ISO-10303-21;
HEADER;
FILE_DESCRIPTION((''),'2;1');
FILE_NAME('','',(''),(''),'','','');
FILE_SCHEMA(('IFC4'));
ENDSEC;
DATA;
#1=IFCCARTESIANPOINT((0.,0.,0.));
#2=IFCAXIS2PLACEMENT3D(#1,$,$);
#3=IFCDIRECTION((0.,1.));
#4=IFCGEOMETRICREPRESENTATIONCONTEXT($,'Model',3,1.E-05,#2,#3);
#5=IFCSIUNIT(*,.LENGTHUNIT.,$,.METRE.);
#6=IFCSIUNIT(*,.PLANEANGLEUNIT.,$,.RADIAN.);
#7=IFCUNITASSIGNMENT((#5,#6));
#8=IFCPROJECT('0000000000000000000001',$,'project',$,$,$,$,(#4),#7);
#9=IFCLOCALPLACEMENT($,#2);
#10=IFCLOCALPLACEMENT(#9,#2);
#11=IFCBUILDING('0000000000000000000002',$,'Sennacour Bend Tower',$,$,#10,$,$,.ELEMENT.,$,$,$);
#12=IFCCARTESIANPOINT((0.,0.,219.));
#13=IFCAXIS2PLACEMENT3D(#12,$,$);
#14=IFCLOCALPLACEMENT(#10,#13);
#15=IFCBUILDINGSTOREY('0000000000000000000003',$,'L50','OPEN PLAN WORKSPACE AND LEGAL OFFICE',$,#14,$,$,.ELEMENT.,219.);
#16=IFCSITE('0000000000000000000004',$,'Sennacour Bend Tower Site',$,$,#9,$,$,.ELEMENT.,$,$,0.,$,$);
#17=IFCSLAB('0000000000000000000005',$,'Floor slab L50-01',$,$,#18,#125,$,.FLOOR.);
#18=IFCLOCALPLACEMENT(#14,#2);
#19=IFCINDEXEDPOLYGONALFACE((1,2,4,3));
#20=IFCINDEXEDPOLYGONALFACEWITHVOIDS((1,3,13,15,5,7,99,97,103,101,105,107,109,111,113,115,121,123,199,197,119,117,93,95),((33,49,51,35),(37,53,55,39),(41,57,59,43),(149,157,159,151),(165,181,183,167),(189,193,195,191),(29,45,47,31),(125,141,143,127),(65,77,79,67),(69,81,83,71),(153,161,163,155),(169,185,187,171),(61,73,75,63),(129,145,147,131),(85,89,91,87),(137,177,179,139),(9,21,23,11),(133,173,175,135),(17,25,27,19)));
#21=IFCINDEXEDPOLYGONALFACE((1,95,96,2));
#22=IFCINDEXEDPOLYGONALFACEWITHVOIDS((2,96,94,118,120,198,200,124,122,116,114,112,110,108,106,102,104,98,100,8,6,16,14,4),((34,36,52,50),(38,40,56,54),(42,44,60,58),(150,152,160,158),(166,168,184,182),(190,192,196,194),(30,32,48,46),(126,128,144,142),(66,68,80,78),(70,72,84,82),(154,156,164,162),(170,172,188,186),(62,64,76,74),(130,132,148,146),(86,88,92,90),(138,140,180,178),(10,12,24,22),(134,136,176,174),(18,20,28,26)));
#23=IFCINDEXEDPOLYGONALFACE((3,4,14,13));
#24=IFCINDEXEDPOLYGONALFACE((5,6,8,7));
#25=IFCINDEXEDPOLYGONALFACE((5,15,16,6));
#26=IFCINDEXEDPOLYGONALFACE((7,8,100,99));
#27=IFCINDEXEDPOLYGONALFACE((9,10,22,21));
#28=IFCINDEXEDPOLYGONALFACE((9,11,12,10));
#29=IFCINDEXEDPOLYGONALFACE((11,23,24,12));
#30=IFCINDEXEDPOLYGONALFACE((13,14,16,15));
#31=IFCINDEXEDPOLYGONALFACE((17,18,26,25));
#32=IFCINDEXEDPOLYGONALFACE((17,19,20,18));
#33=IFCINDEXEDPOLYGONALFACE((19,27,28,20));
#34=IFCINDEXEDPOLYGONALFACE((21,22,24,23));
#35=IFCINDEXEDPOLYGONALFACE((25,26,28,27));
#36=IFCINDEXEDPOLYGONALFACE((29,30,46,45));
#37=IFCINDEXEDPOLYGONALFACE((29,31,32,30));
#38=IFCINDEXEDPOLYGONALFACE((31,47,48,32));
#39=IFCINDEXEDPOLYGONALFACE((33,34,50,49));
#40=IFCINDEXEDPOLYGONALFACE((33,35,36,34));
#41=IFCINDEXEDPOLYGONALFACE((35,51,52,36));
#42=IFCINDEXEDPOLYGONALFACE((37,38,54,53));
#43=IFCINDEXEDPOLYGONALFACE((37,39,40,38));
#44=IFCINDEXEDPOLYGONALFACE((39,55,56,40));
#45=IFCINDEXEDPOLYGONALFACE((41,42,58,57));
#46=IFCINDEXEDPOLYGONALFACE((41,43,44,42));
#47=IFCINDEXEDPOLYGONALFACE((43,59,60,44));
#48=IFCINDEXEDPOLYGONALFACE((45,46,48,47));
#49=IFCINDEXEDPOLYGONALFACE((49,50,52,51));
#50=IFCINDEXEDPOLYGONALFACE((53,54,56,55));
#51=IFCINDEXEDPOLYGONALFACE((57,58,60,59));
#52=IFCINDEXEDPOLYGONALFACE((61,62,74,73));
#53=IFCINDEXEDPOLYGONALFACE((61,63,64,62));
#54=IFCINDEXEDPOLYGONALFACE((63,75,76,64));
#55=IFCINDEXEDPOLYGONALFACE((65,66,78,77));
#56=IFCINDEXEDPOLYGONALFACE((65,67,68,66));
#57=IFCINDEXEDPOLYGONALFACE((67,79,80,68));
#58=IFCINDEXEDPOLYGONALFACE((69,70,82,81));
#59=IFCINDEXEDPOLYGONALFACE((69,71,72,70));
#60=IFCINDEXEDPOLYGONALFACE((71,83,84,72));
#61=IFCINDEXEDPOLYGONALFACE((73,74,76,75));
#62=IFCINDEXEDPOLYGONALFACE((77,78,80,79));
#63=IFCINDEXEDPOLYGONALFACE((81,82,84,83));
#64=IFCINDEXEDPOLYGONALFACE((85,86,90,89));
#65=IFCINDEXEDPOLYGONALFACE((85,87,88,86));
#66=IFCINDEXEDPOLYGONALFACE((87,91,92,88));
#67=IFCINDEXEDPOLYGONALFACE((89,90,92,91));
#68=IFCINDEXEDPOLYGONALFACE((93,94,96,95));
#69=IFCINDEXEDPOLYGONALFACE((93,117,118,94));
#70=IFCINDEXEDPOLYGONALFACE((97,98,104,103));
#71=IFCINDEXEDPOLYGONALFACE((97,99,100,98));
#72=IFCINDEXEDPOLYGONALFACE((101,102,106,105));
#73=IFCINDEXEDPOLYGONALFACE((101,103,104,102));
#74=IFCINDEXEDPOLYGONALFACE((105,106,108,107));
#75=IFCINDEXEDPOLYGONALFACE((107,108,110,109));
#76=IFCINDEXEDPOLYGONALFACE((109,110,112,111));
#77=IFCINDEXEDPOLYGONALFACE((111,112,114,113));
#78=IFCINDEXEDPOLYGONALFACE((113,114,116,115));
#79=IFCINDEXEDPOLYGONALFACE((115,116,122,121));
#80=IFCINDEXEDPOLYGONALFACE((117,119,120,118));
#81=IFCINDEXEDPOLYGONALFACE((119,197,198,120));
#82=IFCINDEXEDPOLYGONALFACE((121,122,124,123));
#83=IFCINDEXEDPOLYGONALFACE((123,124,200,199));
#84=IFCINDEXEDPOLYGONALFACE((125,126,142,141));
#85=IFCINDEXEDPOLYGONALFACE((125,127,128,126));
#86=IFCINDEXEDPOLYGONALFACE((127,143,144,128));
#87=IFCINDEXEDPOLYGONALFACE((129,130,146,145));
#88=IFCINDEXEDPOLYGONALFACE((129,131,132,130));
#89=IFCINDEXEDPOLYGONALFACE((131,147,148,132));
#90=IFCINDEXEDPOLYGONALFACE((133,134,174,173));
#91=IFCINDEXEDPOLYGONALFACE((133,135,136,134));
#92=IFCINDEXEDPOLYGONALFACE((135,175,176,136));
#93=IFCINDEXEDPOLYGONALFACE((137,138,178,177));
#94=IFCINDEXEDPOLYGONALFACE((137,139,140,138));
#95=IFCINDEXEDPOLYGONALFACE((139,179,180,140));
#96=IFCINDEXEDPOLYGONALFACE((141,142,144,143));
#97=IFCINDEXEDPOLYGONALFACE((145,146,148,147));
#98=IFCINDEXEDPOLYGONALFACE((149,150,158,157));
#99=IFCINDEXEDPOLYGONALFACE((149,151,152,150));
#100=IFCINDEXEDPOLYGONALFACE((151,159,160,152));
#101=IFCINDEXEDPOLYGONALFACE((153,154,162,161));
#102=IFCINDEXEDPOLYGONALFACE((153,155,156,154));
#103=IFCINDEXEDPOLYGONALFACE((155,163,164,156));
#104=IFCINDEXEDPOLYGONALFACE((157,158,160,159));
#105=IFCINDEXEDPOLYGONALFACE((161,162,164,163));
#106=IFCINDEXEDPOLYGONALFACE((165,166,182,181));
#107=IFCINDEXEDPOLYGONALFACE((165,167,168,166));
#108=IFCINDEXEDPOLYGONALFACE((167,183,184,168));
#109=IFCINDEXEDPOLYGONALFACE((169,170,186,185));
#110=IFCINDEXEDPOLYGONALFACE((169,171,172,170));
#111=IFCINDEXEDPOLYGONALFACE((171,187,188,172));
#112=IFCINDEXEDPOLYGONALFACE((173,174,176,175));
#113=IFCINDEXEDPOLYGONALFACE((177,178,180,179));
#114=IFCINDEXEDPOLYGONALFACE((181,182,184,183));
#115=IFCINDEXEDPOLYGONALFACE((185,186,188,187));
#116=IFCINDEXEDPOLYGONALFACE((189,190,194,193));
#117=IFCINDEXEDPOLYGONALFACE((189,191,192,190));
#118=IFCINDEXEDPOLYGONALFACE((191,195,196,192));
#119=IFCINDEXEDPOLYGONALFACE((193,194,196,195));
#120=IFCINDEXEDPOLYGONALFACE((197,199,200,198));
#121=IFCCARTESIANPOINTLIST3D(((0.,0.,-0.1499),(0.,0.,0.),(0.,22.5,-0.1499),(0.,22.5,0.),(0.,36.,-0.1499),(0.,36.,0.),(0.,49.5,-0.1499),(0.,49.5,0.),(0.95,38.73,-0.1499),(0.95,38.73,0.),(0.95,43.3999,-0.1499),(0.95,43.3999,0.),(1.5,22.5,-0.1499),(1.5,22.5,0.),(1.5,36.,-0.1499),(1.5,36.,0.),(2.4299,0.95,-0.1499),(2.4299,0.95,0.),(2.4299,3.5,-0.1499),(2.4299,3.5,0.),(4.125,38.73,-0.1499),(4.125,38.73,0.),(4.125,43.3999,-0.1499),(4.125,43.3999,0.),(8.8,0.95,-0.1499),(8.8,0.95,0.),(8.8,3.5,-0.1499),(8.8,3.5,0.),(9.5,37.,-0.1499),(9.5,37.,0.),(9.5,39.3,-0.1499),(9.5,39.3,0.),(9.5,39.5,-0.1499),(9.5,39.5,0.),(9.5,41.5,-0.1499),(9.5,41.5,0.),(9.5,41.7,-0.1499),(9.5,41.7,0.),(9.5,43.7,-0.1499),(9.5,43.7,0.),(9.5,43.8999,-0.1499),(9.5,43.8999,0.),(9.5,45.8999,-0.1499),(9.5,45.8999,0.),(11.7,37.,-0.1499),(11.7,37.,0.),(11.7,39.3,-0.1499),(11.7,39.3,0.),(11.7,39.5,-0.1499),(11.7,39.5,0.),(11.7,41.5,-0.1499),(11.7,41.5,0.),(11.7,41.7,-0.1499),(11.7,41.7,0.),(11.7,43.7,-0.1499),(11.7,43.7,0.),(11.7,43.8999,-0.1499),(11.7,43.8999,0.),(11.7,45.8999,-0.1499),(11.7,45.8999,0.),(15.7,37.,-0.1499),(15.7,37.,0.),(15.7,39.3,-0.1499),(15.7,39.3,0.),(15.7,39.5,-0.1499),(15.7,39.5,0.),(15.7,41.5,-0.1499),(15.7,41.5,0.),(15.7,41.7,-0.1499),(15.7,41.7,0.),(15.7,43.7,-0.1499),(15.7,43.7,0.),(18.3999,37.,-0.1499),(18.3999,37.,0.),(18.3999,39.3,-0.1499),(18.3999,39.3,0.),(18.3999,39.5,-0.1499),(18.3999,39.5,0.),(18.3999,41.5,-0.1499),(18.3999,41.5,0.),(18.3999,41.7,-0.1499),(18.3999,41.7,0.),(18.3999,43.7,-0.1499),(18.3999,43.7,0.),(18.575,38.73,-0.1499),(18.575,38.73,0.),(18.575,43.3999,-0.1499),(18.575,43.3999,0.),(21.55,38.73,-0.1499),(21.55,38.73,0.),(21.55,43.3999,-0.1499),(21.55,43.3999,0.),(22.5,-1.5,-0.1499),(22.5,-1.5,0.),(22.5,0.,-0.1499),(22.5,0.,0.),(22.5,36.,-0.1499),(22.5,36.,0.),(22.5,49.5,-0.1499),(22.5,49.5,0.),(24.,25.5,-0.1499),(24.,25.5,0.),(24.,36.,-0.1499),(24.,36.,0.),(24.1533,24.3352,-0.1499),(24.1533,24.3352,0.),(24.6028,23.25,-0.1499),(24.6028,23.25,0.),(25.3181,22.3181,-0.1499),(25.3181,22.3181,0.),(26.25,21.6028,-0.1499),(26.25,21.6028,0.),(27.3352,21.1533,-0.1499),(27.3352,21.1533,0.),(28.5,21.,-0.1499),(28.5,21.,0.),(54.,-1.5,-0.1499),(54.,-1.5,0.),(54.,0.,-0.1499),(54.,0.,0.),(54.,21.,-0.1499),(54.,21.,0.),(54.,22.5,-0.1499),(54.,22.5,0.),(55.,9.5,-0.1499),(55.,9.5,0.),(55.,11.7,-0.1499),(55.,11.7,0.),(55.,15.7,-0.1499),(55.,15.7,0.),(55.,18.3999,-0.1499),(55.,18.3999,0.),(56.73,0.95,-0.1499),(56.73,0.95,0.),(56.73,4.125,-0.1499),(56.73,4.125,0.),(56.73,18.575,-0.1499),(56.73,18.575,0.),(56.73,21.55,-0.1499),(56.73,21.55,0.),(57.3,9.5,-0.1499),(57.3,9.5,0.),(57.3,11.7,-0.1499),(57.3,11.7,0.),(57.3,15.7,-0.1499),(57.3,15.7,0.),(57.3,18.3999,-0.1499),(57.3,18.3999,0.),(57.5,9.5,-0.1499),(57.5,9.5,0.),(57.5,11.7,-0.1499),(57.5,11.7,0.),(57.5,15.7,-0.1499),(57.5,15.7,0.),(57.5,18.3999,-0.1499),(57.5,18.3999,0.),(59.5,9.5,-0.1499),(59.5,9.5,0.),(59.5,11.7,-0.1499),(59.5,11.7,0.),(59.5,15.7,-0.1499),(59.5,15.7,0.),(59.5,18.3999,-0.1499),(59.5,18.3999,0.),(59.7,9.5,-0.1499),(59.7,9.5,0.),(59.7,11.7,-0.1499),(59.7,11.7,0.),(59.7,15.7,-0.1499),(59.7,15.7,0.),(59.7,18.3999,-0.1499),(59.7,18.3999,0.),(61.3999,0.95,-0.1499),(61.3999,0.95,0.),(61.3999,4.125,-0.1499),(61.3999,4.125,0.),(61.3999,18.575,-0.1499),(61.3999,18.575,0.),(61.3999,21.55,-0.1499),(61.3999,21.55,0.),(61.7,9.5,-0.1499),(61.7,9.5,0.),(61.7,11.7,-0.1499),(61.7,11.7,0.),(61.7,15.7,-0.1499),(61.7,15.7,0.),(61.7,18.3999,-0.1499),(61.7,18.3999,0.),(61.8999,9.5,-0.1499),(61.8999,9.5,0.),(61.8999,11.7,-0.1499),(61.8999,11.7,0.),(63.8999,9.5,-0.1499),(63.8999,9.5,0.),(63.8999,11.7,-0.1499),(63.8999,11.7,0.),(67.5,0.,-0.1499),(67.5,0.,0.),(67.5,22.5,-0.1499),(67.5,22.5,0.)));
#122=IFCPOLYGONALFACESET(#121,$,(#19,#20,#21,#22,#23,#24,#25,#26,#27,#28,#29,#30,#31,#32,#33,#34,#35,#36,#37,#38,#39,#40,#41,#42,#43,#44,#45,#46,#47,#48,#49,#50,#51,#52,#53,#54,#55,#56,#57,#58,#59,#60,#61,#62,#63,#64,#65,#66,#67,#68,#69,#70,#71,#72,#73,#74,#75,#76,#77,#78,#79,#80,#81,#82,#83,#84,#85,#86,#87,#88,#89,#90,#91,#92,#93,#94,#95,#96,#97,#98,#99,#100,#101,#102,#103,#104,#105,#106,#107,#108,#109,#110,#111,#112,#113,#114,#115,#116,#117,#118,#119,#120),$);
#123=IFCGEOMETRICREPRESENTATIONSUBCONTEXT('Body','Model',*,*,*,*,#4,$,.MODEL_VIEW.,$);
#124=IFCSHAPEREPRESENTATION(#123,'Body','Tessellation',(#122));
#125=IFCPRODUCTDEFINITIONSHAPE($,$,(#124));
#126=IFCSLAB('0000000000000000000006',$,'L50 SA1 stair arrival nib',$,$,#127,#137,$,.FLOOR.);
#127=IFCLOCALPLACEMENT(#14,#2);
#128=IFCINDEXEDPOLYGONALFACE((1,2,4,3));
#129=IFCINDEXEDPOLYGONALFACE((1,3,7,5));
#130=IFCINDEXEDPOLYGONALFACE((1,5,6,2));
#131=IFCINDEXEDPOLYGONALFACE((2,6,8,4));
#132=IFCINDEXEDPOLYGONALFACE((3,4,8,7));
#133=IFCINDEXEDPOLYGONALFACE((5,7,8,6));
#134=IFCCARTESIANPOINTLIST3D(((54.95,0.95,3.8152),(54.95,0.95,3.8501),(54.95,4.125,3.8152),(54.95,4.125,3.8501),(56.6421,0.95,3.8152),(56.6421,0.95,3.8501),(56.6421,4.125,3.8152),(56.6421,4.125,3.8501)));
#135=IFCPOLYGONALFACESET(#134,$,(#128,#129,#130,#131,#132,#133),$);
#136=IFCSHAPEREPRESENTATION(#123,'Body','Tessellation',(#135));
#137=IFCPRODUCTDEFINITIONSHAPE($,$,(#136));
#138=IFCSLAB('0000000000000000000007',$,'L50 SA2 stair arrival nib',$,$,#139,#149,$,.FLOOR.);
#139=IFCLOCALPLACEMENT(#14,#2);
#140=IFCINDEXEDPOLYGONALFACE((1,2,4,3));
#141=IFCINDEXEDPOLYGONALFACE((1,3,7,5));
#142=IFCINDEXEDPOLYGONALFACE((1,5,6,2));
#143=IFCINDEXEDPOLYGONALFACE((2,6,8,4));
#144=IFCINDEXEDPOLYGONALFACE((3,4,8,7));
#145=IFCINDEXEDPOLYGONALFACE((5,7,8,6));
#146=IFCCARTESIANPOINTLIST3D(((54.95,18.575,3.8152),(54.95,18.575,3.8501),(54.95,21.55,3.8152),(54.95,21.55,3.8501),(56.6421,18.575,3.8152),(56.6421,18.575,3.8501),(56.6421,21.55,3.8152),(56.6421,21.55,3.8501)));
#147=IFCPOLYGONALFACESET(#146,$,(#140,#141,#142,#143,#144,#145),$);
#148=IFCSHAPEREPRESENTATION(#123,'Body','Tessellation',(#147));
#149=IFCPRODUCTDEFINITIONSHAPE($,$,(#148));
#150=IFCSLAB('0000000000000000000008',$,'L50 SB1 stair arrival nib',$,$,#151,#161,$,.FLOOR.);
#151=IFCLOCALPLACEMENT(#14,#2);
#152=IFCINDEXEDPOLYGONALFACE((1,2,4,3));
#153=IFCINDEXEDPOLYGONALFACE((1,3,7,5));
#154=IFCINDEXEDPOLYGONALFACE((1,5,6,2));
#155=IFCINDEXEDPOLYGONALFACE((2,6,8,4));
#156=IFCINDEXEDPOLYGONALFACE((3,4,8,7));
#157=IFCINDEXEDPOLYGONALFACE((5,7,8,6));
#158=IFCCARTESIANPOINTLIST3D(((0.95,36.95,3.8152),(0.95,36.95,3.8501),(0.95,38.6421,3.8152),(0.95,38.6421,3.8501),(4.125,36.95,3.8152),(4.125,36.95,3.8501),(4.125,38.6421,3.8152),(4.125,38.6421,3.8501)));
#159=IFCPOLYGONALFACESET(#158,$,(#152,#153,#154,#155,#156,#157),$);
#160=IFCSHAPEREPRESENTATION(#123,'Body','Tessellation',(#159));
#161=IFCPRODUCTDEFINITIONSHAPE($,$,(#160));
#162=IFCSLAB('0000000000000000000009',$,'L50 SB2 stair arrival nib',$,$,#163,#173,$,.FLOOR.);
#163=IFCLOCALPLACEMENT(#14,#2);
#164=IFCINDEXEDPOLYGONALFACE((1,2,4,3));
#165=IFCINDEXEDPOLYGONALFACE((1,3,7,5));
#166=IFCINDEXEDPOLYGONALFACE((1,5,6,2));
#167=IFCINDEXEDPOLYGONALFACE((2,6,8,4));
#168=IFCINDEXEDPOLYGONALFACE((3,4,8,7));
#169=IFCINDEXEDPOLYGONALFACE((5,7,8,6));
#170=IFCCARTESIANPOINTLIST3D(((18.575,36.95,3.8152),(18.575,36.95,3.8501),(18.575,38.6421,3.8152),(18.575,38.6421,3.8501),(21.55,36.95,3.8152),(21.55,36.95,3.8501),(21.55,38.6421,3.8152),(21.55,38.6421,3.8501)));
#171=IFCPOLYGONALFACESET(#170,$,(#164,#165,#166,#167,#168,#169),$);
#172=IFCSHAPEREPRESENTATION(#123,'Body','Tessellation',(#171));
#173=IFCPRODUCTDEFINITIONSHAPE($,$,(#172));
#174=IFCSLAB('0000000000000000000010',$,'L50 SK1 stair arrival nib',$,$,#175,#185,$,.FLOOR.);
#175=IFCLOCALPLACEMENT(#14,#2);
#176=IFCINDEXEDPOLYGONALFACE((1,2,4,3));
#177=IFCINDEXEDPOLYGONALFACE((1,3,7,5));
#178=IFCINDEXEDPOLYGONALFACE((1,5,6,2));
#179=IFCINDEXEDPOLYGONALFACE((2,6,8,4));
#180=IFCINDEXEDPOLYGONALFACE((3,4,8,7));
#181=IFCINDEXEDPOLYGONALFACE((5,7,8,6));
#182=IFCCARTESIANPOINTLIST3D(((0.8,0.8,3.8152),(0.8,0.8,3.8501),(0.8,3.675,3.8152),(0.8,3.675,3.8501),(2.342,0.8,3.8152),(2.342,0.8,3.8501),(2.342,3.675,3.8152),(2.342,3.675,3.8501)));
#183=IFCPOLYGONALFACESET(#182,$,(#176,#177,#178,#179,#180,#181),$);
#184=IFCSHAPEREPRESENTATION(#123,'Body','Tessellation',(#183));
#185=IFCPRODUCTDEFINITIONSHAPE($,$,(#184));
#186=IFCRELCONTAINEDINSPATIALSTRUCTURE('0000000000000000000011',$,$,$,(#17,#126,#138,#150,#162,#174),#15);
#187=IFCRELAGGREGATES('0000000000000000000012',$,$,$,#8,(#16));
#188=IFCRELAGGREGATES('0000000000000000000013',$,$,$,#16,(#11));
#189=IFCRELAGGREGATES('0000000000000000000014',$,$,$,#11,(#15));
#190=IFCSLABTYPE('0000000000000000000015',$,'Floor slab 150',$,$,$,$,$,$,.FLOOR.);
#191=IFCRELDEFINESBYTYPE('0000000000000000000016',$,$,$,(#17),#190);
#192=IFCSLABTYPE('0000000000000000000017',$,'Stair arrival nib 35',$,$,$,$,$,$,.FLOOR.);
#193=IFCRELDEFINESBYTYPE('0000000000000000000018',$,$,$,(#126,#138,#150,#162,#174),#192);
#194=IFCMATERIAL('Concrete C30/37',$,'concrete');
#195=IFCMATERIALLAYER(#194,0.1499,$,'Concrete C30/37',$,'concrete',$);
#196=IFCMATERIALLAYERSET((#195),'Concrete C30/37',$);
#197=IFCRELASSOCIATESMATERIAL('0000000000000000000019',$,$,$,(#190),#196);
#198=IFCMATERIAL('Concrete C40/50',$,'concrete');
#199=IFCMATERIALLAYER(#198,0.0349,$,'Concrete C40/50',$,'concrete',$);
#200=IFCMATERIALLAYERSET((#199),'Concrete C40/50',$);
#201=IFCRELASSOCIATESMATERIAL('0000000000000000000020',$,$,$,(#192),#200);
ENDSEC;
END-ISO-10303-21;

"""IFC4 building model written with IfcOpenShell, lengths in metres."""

from ifc_helpers import new_model, si_unit, direction, frame, origin, place, context, subcontext, project, spatial, polyline, outline, extrude, material, layer, layer_set, type_object, element, save


model = new_model("IFC4")

# Units and contexts
model_context = context("Model", 3, precision=1e-05, world=origin(), true_north=direction((0.0, 1.0)))
body_context = subcontext(model_context, "Body", "Model", "MODEL_VIEW")
ifc_project = project(units=[si_unit("LENGTHUNIT", "METRE"), si_unit("PLANEANGLEUNIT", "RADIAN")], contexts=[model_context])

# Site, building, storey
site_placement = place(None, origin())
site = spatial("IfcSite", under=ifc_project, at=site_placement, Name="Sennacour Bend Tower Site", CompositionType="ELEMENT", RefElevation=0.0)
building_placement = place(site_placement, origin())
building = spatial("IfcBuilding", under=site, at=building_placement, Name="Sennacour Bend Tower", CompositionType="ELEMENT")
storey_placement = place(building_placement, frame((0.0, 0.0, 219.0)))
storey = spatial("IfcBuildingStorey", under=building, at=storey_placement, Name="L50", Description="OPEN PLAN WORKSPACE AND LEGAL OFFICE", CompositionType="ELEMENT", Elevation=219.0)

# Slabs
ifc_material_1 = material(Name="Concrete C30/37", Category="concrete")
ifc_layer_1 = layer(ifc_material_1, 0.1499, Name="Concrete C30/37", Category="concrete")
ifc_layer_set_1 = layer_set([ifc_layer_1], Name="Concrete C30/37")
slab_type_1 = type_object("IfcSlabType", Name="Floor slab 150", PredefinedType="FLOOR", material=ifc_layer_set_1)
slab_1_placement = place(storey_placement, frame((0.0, 0.0, -0.1499)))
element("IfcSlab", 1, at=slab_1_placement, inside=storey, type_object=slab_type_1, Name="Floor slab L50-01", PredefinedType="FLOOR", context=body_context, shape_type="SweptSolid", body=[
    extrude(outline(polyline([(22.5, 0.0), (0.0, 0.0), (0.0, 22.5), (1.5, 22.5), (1.5, 36.0), (0.0, 36.0), (0.0, 49.5), (22.5, 49.5), (22.5, 36.0), (24.0, 36.0), (24.0, 25.5), (24.1533, 24.3352), (24.6028, 23.25), (25.3181, 22.3181), (26.25, 21.6028), (27.3352, 21.1533), (28.5, 21.0), (54.0, 21.0), (54.0, 22.5), (67.5, 22.5), (67.5, 0.0), (54.0, 0.0), (54.0, -1.5), (22.5, -1.5), (22.5, 0.0)]), holes=[polyline([(8.8, 0.95), (8.8, 3.5), (2.4299, 3.5), (2.4299, 0.95), (8.8, 0.95)]), polyline([(11.7, 37.0), (11.7, 39.3), (9.5, 39.3), (9.5, 37.0), (11.7, 37.0)]), polyline([(18.3999, 37.0), (18.3999, 39.3), (15.7, 39.3), (15.7, 37.0), (18.3999, 37.0)]), polyline([(11.7, 39.5), (11.7, 41.5), (9.5, 41.5), (9.5, 39.5), (11.7, 39.5)]), polyline([(18.3999, 39.5), (18.3999, 41.5), (15.7, 41.5), (15.7, 39.5), (18.3999, 39.5)]), polyline([(4.125, 38.73), (4.125, 43.3999), (0.95, 43.3999), (0.95, 38.73), (4.125, 38.73)]), polyline([(21.55, 38.73), (21.55, 43.3999), (18.575, 43.3999), (18.575, 38.73), (21.55, 38.73)]), polyline([(9.5, 41.7), (11.7, 41.7), (11.7, 43.7), (9.5, 43.7), (9.5, 41.7)]), polyline([(15.7, 41.7), (18.3999, 41.7), (18.3999, 43.7), (15.7, 43.7), (15.7, 41.7)]), polyline([(11.7, 43.8999), (11.7, 45.8999), (9.5, 45.8999), (9.5, 43.8999), (11.7, 43.8999)]), polyline([(61.3999, 0.95), (61.3999, 4.125), (56.73, 4.125), (56.73, 0.95), (61.3999, 0.95)]), polyline([(57.3, 9.5), (57.3, 11.7), (55.0, 11.7), (55.0, 9.5), (57.3, 9.5)]), polyline([(57.5, 9.5), (59.5, 9.5), (59.5, 11.7), (57.5, 11.7), (57.5, 9.5)]), polyline([(59.7, 9.5), (61.7, 9.5), (61.7, 11.7), (59.7, 11.7), (59.7, 9.5)]), polyline([(63.8999, 9.5), (63.8999, 11.7), (61.8999, 11.7), (61.8999, 9.5), (63.8999, 9.5)]), polyline([(57.3, 15.7), (57.3, 18.3999), (55.0, 18.3999), (55.0, 15.7), (57.3, 15.7)]), polyline([(59.5, 15.7), (59.5, 18.3999), (57.5, 18.3999), (57.5, 15.7), (59.5, 15.7)]), polyline([(59.7, 15.7), (61.7, 15.7), (61.7, 18.3999), (59.7, 18.3999), (59.7, 15.7)]), polyline([(56.73, 18.575), (61.3999, 18.575), (61.3999, 21.55), (56.73, 21.55), (56.73, 18.575)])]), origin(), (0.0, 0.0, 1.0), 0.1499),
])
ifc_material_2 = material(Name="Concrete C40/50", Category="concrete")
ifc_layer_2 = layer(ifc_material_2, 0.0349, Name="Concrete C40/50", Category="concrete")
ifc_layer_set_2 = layer_set([ifc_layer_2], Name="Concrete C40/50")
slab_type_2 = type_object("IfcSlabType", Name="Stair arrival nib 35", PredefinedType="FLOOR", material=ifc_layer_set_2)
slab_2_placement = place(storey_placement, frame((0.0, 0.0, 3.8152)))
element("IfcSlab", 2, at=slab_2_placement, inside=storey, type_object=slab_type_2, Name="L50 SA1 stair arrival nib", PredefinedType="FLOOR", context=body_context, shape_type="SweptSolid", body=[
    extrude(outline(polyline([(56.6421, 4.125), (54.95, 4.125), (54.95, 0.95), (56.6421, 0.95), (56.6421, 4.125)])), origin(), (0.0, 0.0, 1.0), 0.0349),
])
slab_3_placement = place(storey_placement, frame((0.0, 0.0, 3.8152)))
element("IfcSlab", 3, at=slab_3_placement, inside=storey, type_object=slab_type_2, Name="L50 SA2 stair arrival nib", PredefinedType="FLOOR", context=body_context, shape_type="SweptSolid", body=[
    extrude(outline(polyline([(56.6421, 21.55), (54.95, 21.55), (54.95, 18.575), (56.6421, 18.575), (56.6421, 21.55)])), origin(), (0.0, 0.0, 1.0), 0.0349),
])
slab_4_placement = place(storey_placement, frame((0.0, 0.0, 3.8152)))
element("IfcSlab", 4, at=slab_4_placement, inside=storey, type_object=slab_type_2, Name="L50 SB1 stair arrival nib", PredefinedType="FLOOR", context=body_context, shape_type="SweptSolid", body=[
    extrude(outline(polyline([(0.95, 38.6421), (0.95, 36.95), (4.125, 36.95), (4.125, 38.6421), (0.95, 38.6421)])), origin(), (0.0, 0.0, 1.0), 0.0349),
])
slab_5_placement = place(storey_placement, frame((0.0, 0.0, 3.8152)))
element("IfcSlab", 5, at=slab_5_placement, inside=storey, type_object=slab_type_2, Name="L50 SB2 stair arrival nib", PredefinedType="FLOOR", context=body_context, shape_type="SweptSolid", body=[
    extrude(outline(polyline([(18.575, 38.6421), (18.575, 36.95), (21.55, 36.95), (21.55, 38.6421), (18.575, 38.6421)])), origin(), (0.0, 0.0, 1.0), 0.0349),
])
slab_6_placement = place(storey_placement, frame((0.0, 0.0, 3.8152)))
element("IfcSlab", 6, at=slab_6_placement, inside=storey, type_object=slab_type_2, Name="L50 SK1 stair arrival nib", PredefinedType="FLOOR", context=body_context, shape_type="SweptSolid", body=[
    extrude(outline(polyline([(2.342, 3.675), (0.8, 3.675), (0.8, 0.8), (2.342, 0.8), (2.342, 3.675)])), origin(), (0.0, 0.0, 1.0), 0.0349),
])

save(model, "model.ifc")
